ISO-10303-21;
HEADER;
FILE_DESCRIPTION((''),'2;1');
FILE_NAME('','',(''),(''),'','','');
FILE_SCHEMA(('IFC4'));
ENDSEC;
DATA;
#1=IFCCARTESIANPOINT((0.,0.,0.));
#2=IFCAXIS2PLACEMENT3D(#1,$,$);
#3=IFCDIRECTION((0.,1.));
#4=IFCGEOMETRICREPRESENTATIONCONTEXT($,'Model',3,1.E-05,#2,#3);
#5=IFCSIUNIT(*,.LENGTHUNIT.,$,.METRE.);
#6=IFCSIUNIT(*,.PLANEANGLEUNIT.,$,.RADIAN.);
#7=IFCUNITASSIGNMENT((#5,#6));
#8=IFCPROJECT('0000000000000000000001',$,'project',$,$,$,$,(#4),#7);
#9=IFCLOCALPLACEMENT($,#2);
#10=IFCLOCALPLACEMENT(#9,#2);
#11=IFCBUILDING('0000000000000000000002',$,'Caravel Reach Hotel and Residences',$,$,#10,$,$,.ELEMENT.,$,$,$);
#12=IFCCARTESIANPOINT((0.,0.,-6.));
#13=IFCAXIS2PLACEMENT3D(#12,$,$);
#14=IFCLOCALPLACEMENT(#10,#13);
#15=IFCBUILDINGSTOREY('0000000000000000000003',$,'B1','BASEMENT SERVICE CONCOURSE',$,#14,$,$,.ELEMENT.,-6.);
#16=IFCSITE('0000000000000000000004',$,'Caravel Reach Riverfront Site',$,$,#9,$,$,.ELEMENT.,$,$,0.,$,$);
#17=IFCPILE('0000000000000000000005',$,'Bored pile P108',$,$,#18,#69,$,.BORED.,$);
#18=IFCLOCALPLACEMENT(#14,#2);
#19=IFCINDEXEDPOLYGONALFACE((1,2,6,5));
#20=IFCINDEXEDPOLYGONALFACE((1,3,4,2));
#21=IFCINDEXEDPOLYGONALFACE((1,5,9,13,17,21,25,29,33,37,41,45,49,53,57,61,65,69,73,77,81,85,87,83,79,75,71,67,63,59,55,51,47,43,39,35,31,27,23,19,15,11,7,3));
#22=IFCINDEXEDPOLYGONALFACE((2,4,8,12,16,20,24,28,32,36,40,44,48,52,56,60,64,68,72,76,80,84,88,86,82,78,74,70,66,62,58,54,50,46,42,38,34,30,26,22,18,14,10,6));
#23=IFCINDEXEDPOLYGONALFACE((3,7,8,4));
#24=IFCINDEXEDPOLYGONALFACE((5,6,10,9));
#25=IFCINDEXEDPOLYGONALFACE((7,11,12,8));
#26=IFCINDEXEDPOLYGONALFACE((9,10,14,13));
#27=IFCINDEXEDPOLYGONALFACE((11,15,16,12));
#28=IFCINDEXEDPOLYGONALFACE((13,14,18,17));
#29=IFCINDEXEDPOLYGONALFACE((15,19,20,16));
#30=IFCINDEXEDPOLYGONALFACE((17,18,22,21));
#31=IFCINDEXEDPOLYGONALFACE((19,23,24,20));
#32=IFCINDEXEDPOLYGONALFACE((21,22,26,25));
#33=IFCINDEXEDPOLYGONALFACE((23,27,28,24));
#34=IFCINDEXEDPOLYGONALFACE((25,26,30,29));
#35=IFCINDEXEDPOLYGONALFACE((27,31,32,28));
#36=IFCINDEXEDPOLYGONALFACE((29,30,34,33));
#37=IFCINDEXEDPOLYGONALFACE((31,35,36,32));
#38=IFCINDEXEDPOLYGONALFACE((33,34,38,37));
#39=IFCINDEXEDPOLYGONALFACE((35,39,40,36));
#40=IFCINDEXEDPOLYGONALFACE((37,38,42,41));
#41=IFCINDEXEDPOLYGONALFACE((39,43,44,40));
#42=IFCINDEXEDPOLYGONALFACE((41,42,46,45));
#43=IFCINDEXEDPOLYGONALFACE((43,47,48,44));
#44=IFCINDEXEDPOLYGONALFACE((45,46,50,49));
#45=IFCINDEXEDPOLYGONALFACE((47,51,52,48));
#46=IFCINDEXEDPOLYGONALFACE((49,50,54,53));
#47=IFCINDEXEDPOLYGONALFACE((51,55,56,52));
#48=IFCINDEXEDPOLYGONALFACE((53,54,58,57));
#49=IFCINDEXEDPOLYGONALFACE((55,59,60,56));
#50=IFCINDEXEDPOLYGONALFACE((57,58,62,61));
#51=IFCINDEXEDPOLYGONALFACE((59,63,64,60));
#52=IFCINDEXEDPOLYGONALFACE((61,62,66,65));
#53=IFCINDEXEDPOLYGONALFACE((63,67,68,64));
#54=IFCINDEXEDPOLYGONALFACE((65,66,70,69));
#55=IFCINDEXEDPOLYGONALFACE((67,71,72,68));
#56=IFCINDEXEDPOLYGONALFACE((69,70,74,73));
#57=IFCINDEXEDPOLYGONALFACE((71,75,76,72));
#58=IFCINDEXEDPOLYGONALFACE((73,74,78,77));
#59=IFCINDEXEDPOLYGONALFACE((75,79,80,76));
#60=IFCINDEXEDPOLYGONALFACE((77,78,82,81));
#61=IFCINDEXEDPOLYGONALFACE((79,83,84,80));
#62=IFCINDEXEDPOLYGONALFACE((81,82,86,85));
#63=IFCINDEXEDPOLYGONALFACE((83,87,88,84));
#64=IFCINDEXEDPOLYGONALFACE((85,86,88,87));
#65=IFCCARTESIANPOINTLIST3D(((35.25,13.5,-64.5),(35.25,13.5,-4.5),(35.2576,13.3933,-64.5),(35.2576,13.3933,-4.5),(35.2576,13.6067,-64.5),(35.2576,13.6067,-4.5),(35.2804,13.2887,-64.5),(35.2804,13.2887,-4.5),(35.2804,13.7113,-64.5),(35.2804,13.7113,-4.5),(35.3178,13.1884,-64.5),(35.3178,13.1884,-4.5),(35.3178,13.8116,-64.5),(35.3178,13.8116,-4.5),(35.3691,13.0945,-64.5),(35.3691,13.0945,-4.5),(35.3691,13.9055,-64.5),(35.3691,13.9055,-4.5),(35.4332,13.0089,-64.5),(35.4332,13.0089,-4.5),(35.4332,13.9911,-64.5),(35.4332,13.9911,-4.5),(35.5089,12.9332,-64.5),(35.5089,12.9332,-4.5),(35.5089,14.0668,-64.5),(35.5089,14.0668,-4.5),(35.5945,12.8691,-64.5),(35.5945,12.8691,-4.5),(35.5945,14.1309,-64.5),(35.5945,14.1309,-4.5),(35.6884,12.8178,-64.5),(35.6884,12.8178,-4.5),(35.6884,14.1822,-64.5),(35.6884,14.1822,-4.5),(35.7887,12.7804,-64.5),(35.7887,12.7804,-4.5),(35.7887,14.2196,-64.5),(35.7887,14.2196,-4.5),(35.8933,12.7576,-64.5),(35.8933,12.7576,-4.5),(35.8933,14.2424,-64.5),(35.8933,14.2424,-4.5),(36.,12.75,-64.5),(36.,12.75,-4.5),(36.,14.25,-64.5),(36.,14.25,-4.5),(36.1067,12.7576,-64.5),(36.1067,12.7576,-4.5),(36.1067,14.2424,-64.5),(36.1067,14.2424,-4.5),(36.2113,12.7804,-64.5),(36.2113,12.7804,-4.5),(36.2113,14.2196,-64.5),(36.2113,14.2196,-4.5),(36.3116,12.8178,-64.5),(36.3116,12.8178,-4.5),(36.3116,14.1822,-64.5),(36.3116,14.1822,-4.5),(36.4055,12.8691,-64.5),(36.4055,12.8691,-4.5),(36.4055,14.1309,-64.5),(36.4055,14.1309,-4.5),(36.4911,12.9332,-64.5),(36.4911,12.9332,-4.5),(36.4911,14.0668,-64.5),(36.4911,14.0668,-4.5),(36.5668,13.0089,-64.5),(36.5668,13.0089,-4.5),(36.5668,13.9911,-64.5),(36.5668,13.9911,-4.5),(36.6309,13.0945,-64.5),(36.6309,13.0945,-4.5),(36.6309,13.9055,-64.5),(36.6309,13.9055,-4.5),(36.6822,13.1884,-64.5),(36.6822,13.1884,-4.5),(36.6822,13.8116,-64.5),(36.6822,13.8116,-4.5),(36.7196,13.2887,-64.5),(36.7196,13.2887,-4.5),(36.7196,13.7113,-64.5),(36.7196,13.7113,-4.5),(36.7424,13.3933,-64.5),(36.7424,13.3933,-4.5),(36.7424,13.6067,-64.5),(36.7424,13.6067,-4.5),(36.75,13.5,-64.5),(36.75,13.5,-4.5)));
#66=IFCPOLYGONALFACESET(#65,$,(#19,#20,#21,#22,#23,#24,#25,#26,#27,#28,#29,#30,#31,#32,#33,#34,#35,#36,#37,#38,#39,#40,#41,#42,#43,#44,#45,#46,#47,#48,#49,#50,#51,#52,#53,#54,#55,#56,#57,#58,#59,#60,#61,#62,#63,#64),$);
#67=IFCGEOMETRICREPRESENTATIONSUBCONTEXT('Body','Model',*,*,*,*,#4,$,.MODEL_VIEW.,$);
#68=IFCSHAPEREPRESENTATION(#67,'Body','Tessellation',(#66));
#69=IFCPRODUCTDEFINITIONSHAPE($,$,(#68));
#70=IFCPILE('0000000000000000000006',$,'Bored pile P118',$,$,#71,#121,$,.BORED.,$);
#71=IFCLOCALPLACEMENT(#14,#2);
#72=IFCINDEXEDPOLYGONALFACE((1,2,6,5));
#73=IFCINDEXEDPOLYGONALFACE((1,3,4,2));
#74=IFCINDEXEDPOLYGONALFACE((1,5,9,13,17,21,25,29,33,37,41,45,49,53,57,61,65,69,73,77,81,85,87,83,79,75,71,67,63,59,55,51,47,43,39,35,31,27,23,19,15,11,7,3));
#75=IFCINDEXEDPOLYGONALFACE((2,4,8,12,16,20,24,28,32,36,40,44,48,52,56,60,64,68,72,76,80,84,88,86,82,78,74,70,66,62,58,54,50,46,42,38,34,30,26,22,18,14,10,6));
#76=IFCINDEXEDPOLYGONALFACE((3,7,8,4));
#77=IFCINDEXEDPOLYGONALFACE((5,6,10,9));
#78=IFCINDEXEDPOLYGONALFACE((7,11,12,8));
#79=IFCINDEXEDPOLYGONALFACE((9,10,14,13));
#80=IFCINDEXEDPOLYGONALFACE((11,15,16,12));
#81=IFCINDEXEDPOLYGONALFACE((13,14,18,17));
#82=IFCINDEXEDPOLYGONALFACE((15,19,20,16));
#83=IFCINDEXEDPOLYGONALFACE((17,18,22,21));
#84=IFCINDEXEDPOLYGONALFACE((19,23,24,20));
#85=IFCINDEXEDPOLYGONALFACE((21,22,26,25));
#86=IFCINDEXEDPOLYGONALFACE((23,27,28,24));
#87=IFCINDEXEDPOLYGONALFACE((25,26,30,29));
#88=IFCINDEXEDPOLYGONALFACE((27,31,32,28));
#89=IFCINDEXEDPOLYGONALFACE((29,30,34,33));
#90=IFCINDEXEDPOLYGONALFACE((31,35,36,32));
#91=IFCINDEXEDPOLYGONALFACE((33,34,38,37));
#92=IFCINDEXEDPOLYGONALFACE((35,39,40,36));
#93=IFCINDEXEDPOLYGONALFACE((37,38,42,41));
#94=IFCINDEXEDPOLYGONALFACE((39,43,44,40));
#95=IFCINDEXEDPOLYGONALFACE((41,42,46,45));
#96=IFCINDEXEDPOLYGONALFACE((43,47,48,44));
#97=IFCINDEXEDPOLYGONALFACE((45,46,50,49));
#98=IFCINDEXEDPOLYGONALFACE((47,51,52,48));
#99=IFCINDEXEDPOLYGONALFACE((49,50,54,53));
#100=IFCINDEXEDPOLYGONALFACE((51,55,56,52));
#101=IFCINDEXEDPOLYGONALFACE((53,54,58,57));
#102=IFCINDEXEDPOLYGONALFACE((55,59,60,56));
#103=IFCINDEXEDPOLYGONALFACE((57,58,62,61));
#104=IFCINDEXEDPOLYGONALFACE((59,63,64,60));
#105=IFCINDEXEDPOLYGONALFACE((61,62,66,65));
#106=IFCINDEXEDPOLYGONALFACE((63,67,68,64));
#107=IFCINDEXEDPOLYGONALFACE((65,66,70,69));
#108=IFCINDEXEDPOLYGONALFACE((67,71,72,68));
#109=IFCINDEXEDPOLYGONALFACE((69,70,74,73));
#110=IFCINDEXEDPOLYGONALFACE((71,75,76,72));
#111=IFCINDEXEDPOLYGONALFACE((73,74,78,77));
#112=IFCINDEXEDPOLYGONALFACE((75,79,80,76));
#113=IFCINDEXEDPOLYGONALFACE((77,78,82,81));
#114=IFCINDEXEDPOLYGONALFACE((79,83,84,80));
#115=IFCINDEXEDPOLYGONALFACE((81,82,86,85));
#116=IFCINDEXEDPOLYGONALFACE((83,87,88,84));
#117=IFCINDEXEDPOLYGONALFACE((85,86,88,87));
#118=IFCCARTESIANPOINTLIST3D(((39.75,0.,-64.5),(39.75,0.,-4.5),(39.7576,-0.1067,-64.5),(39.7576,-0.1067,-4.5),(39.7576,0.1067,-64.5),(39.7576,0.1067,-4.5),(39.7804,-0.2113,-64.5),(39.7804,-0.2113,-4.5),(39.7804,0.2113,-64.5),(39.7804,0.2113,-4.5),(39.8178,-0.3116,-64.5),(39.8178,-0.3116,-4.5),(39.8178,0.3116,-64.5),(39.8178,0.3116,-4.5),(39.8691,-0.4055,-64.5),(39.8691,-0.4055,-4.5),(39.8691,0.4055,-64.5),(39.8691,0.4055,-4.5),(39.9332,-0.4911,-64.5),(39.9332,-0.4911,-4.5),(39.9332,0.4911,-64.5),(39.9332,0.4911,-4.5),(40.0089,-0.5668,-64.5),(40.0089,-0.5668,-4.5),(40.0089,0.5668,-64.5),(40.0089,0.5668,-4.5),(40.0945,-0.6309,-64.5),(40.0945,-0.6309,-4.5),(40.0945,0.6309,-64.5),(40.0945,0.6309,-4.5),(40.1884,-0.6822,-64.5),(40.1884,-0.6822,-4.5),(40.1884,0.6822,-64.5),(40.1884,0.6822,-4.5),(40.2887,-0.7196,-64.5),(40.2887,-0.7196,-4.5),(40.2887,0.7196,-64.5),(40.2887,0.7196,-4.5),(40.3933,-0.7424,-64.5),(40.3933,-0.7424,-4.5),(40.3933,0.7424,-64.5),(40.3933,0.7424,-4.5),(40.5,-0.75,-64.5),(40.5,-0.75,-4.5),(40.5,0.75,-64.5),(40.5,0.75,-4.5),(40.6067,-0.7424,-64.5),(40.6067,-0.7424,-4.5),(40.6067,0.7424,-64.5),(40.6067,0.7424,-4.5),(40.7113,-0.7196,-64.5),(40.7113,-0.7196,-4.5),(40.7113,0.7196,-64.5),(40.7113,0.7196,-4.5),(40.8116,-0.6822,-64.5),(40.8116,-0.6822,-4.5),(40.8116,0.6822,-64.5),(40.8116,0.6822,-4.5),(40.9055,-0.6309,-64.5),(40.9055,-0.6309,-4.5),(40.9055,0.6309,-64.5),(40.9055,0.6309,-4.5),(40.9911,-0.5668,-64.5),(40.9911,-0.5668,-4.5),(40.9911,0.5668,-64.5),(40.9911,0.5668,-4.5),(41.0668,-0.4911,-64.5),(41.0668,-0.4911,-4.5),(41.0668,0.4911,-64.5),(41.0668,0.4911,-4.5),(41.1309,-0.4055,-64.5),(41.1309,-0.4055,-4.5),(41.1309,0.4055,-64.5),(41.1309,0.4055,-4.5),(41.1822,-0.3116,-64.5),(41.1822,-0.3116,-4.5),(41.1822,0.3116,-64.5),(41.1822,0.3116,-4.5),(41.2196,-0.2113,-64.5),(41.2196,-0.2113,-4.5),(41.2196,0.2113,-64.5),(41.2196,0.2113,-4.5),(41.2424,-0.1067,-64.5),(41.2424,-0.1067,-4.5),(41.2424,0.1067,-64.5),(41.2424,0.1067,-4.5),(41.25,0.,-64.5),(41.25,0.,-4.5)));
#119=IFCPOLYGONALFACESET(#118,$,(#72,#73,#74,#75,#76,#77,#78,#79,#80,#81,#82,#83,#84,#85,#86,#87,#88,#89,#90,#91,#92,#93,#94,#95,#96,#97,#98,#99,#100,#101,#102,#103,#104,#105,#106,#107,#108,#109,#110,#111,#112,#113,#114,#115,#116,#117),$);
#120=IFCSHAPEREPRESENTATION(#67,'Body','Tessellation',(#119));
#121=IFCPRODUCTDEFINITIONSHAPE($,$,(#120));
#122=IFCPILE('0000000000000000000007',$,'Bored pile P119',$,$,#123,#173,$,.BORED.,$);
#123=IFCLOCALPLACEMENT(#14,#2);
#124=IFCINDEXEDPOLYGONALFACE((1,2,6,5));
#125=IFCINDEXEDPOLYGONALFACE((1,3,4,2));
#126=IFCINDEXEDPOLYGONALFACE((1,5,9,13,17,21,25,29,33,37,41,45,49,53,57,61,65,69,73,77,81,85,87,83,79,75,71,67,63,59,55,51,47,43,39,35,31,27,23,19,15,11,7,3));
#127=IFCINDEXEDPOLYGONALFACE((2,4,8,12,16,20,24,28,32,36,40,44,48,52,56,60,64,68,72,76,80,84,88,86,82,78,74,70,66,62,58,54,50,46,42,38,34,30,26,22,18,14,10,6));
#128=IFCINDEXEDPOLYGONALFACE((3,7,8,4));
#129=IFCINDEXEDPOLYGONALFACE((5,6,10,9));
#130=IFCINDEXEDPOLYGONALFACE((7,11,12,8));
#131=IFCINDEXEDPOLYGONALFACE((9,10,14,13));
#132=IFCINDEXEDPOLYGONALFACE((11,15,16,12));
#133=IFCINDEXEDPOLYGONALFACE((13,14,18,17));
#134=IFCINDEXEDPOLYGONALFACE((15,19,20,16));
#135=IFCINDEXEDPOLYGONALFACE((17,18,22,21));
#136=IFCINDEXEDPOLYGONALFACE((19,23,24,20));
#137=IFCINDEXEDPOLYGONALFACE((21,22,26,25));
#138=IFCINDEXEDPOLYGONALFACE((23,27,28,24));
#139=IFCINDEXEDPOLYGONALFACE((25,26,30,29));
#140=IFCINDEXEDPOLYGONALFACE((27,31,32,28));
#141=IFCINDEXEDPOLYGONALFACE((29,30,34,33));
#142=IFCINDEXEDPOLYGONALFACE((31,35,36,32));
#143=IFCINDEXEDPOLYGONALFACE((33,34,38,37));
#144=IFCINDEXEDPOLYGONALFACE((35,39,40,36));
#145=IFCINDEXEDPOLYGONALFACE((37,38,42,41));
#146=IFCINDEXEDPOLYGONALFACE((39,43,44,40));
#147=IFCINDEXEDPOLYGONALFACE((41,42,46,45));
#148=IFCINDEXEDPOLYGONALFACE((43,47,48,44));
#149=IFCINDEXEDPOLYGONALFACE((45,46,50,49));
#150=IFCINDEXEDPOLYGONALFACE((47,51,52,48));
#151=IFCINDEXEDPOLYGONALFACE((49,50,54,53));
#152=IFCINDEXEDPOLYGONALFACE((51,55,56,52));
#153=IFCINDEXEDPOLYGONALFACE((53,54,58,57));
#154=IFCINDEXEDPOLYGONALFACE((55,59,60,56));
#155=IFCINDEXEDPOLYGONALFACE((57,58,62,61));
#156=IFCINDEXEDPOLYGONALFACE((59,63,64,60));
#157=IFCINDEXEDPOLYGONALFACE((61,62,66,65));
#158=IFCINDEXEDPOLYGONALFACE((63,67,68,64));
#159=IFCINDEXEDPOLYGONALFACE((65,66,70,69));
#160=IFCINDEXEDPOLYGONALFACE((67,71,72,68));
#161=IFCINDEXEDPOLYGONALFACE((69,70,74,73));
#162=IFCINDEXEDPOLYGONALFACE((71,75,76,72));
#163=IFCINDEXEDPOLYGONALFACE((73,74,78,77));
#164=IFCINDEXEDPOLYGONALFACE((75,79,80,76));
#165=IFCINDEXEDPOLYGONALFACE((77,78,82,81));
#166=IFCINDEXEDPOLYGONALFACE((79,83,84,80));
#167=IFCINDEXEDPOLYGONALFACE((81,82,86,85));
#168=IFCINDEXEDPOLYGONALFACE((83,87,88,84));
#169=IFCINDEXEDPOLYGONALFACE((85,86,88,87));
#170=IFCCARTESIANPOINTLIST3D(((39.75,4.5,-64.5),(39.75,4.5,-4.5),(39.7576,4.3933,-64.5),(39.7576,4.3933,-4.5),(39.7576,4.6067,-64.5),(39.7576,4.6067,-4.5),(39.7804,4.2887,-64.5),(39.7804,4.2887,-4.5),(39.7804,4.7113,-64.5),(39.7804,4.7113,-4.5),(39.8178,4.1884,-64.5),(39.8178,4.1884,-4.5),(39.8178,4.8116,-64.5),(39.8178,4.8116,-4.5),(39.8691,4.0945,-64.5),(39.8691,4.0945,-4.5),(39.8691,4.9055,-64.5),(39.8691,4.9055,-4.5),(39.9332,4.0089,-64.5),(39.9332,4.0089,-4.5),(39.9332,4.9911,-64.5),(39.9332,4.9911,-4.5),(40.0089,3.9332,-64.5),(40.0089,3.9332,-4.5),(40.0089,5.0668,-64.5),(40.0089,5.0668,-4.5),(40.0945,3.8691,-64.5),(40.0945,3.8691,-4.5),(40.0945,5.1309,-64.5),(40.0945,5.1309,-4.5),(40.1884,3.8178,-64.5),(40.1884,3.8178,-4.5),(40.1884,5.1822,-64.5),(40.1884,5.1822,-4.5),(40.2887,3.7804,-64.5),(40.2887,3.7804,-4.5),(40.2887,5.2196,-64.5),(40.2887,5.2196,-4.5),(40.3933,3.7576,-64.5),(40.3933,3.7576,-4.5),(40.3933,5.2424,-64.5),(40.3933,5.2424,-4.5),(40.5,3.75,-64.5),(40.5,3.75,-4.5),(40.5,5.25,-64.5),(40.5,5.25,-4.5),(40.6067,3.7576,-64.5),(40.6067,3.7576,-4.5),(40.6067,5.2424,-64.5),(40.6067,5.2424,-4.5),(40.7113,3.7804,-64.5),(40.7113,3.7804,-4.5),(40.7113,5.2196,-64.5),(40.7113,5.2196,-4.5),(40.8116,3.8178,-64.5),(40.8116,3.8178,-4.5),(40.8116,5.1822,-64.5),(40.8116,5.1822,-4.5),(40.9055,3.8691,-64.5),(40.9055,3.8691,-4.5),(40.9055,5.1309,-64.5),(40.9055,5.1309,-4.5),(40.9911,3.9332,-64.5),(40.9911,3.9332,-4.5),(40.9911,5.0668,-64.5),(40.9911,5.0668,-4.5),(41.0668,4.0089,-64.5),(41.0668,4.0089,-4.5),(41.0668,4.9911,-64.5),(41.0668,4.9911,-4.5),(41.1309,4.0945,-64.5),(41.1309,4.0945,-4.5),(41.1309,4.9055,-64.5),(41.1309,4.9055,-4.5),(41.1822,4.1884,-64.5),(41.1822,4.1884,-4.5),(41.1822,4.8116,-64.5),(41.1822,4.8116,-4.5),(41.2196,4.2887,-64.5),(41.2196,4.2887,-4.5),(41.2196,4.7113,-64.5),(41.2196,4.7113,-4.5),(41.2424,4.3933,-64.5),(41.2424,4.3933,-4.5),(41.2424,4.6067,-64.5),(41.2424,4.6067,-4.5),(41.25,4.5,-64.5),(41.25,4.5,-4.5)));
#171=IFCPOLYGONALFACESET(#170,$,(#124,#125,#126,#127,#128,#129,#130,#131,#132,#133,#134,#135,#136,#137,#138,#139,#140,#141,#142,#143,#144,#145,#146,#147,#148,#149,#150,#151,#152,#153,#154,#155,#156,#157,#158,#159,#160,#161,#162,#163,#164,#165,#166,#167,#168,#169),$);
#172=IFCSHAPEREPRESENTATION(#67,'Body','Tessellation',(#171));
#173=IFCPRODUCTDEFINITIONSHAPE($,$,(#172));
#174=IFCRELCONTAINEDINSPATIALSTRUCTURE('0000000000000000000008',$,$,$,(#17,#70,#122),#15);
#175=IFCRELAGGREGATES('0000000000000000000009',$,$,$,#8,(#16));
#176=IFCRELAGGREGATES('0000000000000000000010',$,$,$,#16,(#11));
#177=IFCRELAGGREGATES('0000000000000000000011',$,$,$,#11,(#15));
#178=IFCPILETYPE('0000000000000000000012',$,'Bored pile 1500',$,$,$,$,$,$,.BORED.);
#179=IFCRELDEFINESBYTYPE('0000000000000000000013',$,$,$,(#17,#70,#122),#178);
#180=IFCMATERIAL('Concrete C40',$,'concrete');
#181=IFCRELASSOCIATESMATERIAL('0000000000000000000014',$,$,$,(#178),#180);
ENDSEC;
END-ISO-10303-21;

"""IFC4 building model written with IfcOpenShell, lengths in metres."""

from ifc_helpers import new_model, si_unit, direction, frame, origin, origin_2d, place, context, subcontext, project, spatial, circle, extrude, material, material_profile, profile_set, type_object, element, save


model = new_model("IFC4")

# Units and contexts
model_context = context("Model", 3, precision=1e-05, world=origin(), true_north=direction((0.0, 1.0)))
body_context = subcontext(model_context, "Body", "Model", "MODEL_VIEW")
ifc_project = project(units=[si_unit("LENGTHUNIT", "METRE"), si_unit("PLANEANGLEUNIT", "RADIAN")], contexts=[model_context])

# Site, building, storey
site_placement = place(None, origin())
site = spatial("IfcSite", under=ifc_project, at=site_placement, Name="Caravel Reach Riverfront Site", CompositionType="ELEMENT", RefElevation=0.0)
building_placement = place(site_placement, origin())
building = spatial("IfcBuilding", under=site, at=building_placement, Name="Caravel Reach Hotel and Residences", CompositionType="ELEMENT")
storey_placement = place(building_placement, frame((0.0, 0.0, -6.0)))
storey = spatial("IfcBuildingStorey", under=building, at=storey_placement, Name="B1", Description="BASEMENT SERVICE CONCOURSE", CompositionType="ELEMENT", Elevation=-6.0)

# Piles
ifc_material_1 = material(Name="Concrete C40", Category="concrete")
ifc_material_profile_1 = material_profile(ifc_material_1, circle(Radius=0.75, at=origin_2d()), Name="PILE 1500")
ifc_profile_set_1 = profile_set([ifc_material_profile_1], Name="Concrete C40")
pile_type = type_object("IfcPileType", Name="Bored pile 1500", PredefinedType="BORED", material=ifc_profile_set_1)
for number, where, z_axis, x_axis, name in (
    (1, (36.0, 13.5, -4.5), (0.0, 0.0, -1.0), (1.0, 0.0, 0.0), "Bored pile P108"),
    (2, (40.5, 0.0, -4.5), (0.0, 0.0, -1.0), (1.0, 0.0, 0.0), "Bored pile P118"),
    (3, (40.5, 4.5, -4.5), (0.0, 0.0, -1.0), (1.0, 0.0, 0.0), "Bored pile P119"),
):
    element("IfcPile", number, at=place(storey_placement, frame(where, z_axis=z_axis, x_axis=x_axis)), inside=storey, type_object=pile_type, Name=name, PredefinedType="BORED", context=body_context, shape_type="SweptSolid", body=[
        extrude(circle(Radius=0.75, at=origin_2d()), origin(), (0.0, 0.0, 1.0), 60.0),
    ])

save(model, "model.ifc")
